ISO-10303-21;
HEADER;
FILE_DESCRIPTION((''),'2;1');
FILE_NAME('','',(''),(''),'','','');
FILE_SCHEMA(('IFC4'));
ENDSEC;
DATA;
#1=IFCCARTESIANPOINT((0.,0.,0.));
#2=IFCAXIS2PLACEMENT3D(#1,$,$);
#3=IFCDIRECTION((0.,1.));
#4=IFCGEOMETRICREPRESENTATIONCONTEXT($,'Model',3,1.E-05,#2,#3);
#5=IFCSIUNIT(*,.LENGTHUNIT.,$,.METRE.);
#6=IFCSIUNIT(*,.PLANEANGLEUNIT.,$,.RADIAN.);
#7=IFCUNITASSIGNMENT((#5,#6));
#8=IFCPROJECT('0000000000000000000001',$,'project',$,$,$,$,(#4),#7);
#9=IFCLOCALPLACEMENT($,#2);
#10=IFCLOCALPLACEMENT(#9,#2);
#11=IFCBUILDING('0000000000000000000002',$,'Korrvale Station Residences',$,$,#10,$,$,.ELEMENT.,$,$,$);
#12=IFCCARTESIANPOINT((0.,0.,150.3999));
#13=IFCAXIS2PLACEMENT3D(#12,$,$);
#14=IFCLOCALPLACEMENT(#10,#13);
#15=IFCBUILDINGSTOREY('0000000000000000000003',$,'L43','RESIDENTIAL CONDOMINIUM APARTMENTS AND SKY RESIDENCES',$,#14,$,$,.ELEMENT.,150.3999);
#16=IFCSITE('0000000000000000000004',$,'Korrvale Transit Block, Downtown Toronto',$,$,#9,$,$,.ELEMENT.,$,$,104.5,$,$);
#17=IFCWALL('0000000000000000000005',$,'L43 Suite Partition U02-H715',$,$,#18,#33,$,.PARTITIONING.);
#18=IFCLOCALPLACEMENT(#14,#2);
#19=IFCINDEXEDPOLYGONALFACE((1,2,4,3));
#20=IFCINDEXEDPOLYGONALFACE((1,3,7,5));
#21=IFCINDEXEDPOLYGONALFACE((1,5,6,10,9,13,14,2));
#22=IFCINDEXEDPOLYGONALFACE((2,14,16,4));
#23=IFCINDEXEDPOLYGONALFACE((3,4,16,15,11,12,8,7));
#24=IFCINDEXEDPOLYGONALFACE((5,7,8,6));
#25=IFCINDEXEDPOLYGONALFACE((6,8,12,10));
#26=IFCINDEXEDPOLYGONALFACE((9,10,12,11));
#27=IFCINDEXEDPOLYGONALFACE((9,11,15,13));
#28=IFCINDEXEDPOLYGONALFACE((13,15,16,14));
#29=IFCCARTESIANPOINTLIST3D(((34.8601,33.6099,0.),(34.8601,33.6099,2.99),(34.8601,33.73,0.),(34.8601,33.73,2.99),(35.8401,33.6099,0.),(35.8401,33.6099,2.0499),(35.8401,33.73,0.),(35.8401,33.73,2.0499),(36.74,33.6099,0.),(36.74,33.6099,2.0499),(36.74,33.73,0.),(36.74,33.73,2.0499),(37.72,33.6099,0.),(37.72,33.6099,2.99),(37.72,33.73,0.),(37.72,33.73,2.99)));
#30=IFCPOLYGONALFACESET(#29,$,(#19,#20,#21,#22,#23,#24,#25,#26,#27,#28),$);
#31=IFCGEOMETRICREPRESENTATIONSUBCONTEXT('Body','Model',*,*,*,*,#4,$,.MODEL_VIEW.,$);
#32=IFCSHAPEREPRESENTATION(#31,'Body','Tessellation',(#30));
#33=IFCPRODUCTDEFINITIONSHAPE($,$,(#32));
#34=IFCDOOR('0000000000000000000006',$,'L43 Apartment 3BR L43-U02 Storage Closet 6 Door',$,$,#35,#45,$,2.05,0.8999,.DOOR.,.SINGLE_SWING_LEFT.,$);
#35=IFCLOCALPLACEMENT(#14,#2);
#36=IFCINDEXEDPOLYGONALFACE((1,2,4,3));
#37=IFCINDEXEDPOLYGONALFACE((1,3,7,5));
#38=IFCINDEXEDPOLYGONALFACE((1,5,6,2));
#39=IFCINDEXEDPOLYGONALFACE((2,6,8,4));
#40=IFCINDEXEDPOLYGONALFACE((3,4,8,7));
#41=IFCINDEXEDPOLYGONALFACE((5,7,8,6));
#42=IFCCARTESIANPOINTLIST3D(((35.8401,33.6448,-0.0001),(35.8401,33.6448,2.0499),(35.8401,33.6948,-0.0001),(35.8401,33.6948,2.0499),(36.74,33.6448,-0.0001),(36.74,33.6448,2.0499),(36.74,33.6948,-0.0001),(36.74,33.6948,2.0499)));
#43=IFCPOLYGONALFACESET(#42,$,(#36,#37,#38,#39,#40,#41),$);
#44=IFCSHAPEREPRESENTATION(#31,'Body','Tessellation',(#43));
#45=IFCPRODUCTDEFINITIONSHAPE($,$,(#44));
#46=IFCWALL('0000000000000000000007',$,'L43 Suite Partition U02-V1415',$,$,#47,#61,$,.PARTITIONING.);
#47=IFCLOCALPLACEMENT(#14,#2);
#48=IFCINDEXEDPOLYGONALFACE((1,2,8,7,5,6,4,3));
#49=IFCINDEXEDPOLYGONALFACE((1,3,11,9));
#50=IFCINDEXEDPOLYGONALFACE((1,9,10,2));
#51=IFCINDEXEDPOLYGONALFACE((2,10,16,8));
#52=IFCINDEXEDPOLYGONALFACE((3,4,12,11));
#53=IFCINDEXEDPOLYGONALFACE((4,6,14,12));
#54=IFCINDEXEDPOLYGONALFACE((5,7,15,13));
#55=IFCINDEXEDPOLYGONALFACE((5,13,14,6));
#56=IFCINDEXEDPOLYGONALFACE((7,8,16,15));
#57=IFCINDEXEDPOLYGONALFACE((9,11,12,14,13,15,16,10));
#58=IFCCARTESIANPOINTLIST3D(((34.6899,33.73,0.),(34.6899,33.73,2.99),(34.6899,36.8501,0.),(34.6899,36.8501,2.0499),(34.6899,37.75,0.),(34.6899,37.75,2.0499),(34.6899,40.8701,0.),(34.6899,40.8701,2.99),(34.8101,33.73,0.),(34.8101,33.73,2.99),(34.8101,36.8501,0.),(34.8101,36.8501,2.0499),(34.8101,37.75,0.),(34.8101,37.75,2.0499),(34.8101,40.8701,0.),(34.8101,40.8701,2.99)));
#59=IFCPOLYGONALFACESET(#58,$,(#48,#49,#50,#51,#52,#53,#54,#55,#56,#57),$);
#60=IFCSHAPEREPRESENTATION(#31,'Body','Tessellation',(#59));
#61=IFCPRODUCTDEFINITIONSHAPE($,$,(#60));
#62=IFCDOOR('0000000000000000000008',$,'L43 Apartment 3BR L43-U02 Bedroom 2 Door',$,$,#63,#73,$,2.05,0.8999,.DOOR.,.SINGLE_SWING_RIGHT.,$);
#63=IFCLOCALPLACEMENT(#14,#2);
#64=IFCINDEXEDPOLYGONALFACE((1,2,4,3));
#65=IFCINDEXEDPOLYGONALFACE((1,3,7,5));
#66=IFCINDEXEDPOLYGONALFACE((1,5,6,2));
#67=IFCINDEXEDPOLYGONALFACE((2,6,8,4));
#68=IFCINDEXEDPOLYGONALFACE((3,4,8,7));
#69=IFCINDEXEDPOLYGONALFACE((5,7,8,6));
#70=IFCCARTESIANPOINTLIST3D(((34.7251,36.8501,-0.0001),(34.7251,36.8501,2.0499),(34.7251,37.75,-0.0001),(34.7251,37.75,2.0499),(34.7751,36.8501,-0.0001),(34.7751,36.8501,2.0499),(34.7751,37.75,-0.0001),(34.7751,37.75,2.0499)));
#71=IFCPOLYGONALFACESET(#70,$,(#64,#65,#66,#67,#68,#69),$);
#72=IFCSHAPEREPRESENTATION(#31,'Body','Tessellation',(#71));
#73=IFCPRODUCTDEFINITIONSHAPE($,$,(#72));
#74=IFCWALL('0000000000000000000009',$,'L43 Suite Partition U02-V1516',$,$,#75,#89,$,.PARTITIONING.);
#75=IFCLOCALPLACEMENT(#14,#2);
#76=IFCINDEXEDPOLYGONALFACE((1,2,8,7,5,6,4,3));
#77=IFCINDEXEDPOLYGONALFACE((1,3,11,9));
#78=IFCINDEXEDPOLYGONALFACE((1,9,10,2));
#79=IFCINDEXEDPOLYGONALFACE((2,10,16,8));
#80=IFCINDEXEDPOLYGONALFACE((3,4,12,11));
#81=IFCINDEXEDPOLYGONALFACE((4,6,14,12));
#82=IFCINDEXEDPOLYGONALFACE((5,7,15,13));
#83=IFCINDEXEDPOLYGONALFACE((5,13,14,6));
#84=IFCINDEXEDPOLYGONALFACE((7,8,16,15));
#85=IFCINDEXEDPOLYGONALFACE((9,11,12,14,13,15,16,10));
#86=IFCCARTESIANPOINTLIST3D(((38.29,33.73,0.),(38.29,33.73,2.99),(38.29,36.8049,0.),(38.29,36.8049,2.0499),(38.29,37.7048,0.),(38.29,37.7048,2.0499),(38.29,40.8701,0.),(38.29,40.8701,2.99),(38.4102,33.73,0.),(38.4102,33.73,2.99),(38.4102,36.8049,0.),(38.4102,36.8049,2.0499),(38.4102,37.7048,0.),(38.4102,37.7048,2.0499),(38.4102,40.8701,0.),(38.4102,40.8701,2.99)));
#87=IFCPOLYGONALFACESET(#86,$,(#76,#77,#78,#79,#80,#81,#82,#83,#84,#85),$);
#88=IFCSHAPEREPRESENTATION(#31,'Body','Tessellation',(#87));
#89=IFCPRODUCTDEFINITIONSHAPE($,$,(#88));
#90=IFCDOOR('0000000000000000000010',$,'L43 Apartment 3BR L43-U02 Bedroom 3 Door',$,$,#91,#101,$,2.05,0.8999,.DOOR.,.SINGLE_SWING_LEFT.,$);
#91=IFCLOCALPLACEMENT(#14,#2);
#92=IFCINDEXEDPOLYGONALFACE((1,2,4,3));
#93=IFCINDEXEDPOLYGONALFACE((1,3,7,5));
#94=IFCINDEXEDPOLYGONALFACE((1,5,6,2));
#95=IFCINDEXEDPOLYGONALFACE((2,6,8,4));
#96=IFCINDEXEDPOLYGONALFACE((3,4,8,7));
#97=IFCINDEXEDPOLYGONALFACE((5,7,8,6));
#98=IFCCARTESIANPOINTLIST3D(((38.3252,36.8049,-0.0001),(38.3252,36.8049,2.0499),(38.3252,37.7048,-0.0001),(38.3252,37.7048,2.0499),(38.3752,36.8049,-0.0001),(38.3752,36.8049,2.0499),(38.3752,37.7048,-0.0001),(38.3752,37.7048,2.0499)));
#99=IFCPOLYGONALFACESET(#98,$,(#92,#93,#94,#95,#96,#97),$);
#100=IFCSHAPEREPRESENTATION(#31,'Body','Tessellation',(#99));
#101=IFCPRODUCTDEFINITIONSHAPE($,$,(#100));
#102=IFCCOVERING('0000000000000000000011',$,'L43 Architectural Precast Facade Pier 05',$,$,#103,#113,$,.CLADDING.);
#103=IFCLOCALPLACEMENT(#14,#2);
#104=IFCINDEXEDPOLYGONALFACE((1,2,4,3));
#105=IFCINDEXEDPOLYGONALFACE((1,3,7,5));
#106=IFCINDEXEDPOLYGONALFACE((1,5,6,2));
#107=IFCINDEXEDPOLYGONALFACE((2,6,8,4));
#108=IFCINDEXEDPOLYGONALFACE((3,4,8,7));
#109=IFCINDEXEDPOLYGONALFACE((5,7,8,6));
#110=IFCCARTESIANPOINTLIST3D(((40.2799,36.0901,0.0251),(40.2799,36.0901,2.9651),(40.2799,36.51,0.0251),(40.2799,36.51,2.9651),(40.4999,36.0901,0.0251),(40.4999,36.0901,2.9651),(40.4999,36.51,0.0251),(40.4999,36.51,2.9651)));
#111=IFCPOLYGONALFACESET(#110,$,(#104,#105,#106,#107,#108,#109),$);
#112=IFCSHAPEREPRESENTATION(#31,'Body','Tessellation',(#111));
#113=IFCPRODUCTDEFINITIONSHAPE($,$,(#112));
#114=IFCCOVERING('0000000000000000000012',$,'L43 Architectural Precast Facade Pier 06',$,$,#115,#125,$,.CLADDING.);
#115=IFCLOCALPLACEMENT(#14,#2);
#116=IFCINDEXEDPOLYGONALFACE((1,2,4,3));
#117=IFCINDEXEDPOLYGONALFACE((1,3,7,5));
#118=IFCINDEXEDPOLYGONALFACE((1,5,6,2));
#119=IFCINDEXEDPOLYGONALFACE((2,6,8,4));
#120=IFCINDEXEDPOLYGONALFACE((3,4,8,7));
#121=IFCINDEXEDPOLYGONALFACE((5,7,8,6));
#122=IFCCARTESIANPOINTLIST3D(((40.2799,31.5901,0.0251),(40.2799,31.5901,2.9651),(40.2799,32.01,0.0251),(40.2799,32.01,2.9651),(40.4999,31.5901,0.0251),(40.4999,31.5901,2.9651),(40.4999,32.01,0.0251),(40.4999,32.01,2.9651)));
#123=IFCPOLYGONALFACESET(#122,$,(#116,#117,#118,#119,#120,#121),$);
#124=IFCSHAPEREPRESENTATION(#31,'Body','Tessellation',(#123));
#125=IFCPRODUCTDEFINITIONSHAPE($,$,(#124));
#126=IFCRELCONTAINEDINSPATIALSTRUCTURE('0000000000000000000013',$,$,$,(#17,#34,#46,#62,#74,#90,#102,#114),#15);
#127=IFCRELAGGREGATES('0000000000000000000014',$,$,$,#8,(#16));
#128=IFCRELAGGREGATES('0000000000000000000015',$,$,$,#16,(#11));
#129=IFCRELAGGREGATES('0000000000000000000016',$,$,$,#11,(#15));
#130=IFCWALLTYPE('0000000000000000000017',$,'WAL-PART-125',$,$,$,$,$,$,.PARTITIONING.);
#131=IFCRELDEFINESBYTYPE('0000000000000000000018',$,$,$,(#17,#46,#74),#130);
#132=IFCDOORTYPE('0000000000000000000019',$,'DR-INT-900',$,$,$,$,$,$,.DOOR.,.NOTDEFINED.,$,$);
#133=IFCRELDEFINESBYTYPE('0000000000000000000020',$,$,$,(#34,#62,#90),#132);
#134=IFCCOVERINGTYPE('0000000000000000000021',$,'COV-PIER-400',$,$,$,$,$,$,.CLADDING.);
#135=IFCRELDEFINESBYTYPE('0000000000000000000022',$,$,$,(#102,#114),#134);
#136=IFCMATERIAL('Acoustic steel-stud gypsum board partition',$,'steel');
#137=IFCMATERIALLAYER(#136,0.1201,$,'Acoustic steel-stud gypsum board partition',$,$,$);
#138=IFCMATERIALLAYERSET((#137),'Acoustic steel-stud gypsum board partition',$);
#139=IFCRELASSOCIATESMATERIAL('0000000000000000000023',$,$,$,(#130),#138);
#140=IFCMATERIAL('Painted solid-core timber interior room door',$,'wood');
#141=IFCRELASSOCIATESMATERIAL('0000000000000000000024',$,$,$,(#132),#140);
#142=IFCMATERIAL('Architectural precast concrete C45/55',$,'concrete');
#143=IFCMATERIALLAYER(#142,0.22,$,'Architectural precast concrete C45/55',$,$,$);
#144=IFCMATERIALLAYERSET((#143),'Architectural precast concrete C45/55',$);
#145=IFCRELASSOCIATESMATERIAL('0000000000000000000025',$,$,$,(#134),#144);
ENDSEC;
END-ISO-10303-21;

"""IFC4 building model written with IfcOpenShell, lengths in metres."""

from ifc_helpers import new_model, si_unit, direction, frame, frame_2d, origin, origin_2d, place, context, subcontext, project, spatial, rectangle, extrude, material, layer, layer_set, type_object, element, fill, save


model = new_model("IFC4")

# Units and contexts
model_context = context("Model", 3, precision=1e-05, world=origin(), true_north=direction((0.0, 1.0)))
body_context = subcontext(model_context, "Body", "Model", "MODEL_VIEW")
ifc_project = project(units=[si_unit("LENGTHUNIT", "METRE"), si_unit("PLANEANGLEUNIT", "RADIAN")], contexts=[model_context])

# Site, building, storey
site_placement = place(None, origin())
site = spatial("IfcSite", under=ifc_project, at=site_placement, Name="Korrvale Transit Block, Downtown Toronto", CompositionType="ELEMENT", RefElevation=104.5)
building_placement = place(site_placement, origin())
building = spatial("IfcBuilding", under=site, at=building_placement, Name="Korrvale Station Residences", CompositionType="ELEMENT")
storey_placement = place(building_placement, frame((0.0, 0.0, 150.3999)))
storey = spatial("IfcBuildingStorey", under=building, at=storey_placement, Name="L43", Description="RESIDENTIAL CONDOMINIUM APARTMENTS AND SKY RESIDENCES", CompositionType="ELEMENT", Elevation=150.3999)

# Walls, openings, doors
ifc_material_1 = material(Name="Acoustic steel-stud gypsum board partition", Category="steel")
ifc_layer_1 = layer(ifc_material_1, 0.1201, Name="Acoustic steel-stud gypsum board partition")
ifc_layer_set_1 = layer_set([ifc_layer_1], Name="Acoustic steel-stud gypsum board partition")
wall_type_1 = type_object("IfcWallType", Name="WAL-PART-125", PredefinedType="PARTITIONING", material=ifc_layer_set_1)
ifc_material_2 = material(Name="Painted solid-core timber interior room door", Category="wood")
door_type = type_object("IfcDoorType", Name="DR-INT-900", OperationType="NOTDEFINED", PredefinedType="DOOR", material=ifc_material_2)
wall_1_placement = place(storey_placement, frame((34.8601, 33.6699, 0.0), z_axis=(0.0, 0.0, 1.0), x_axis=(1.0, 0.0, 0.0)))
wall_1 = element("IfcWall", 1, at=wall_1_placement, inside=storey, type_object=wall_type_1, Name="L43 Suite Partition U02-H715", PredefinedType="PARTITIONING", context=body_context, shape_type="SweptSolid", body=[
    extrude(rectangle(XDim=2.8599, YDim=0.1201, at=frame_2d((1.4299, 0.0))), origin(), (0.0, 0.0, 1.0), 2.99),
])
opening_1_placement = place(wall_1_placement, frame((0.98, 0.0, 0.0)))
opening_1 = element("IfcOpeningElement", 2, at=opening_1_placement, cuts=wall_1, PredefinedType="OPENING", context=body_context, shape_type="SweptSolid", body=[
    extrude(rectangle(XDim=0.8999, YDim=2.05, at=frame_2d((0.45, 1.0249))), frame((0.0, 0.0701, 0.0), z_axis=(0.0, -1.0, 0.0), x_axis=(1.0, 0.0, 0.0)), (0.0, 0.0, 1.0), 0.1401),
])
door_1_placement = place(opening_1_placement, origin())
door_1 = element("IfcDoor", 3, at=door_1_placement, inside=storey, type_object=door_type, Name="L43 Apartment 3BR L43-U02 Storage Closet 6 Door", OperationType="SINGLE_SWING_LEFT", OverallHeight=2.05, OverallWidth=0.8999, PredefinedType="DOOR", context=body_context, shape_type="SweptSolid", body=[
    extrude(rectangle(XDim=0.8999, YDim=2.05, at=frame_2d((0.45, 1.0249))), frame((0.0, 0.0249, 0.0), z_axis=(0.0, -1.0, 0.0), x_axis=(1.0, 0.0, 0.0)), (0.0, 0.0, 1.0), 0.05),
])
fill(opening_1, door_1)
wall_2_placement = place(storey_placement, frame((34.75, 33.73, 0.0), z_axis=(0.0, 0.0, 1.0), x_axis=(0.0, 1.0, 0.0)))
wall_2 = element("IfcWall", 4, at=wall_2_placement, inside=storey, type_object=wall_type_1, Name="L43 Suite Partition U02-V1415", PredefinedType="PARTITIONING", context=body_context, shape_type="SweptSolid", body=[
    extrude(rectangle(XDim=7.1401, YDim=0.1201, at=frame_2d((3.5701, 0.0))), origin(), (0.0, 0.0, 1.0), 2.99),
])
opening_2_placement = place(wall_2_placement, frame((3.1201, 0.0, 0.0)))
opening_2 = element("IfcOpeningElement", 5, at=opening_2_placement, cuts=wall_2, PredefinedType="OPENING", context=body_context, shape_type="SweptSolid", body=[
    extrude(rectangle(XDim=0.8999, YDim=2.05, at=frame_2d((0.45, 1.0249))), frame((0.0, 0.0701, 0.0), z_axis=(0.0, -1.0, 0.0), x_axis=(1.0, 0.0, 0.0)), (0.0, 0.0, 1.0), 0.1401),
])
door_2_placement = place(opening_2_placement, origin())
door_2 = element("IfcDoor", 6, at=door_2_placement, inside=storey, type_object=door_type, Name="L43 Apartment 3BR L43-U02 Bedroom 2 Door", OperationType="SINGLE_SWING_RIGHT", OverallHeight=2.05, OverallWidth=0.8999, PredefinedType="DOOR", context=body_context, shape_type="SweptSolid", body=[
    extrude(rectangle(XDim=0.8999, YDim=2.05, at=frame_2d((0.45, 1.0249))), frame((0.0, 0.0249, 0.0), z_axis=(0.0, -1.0, 0.0), x_axis=(1.0, 0.0, 0.0)), (0.0, 0.0, 1.0), 0.05),
])
fill(opening_2, door_2)
wall_3_placement = place(storey_placement, frame((38.3501, 33.73, 0.0), z_axis=(0.0, 0.0, 1.0), x_axis=(0.0, 1.0, 0.0)))
wall_3 = element("IfcWall", 7, at=wall_3_placement, inside=storey, type_object=wall_type_1, Name="L43 Suite Partition U02-V1516", PredefinedType="PARTITIONING", context=body_context, shape_type="SweptSolid", body=[
    extrude(rectangle(XDim=7.1401, YDim=0.1201, at=frame_2d((3.5701, 0.0))), origin(), (0.0, 0.0, 1.0), 2.99),
])
opening_3_placement = place(wall_3_placement, frame((3.075, 0.0, 0.0)))
opening_3 = element("IfcOpeningElement", 8, at=opening_3_placement, cuts=wall_3, PredefinedType="OPENING", context=body_context, shape_type="SweptSolid", body=[
    extrude(rectangle(XDim=0.8999, YDim=2.05, at=frame_2d((0.45, 1.0249))), frame((0.0, 0.0701, 0.0), z_axis=(0.0, -1.0, 0.0), x_axis=(1.0, 0.0, 0.0)), (0.0, 0.0, 1.0), 0.1401),
])
door_3_placement = place(opening_3_placement, origin())
door_3 = element("IfcDoor", 9, at=door_3_placement, inside=storey, type_object=door_type, Name="L43 Apartment 3BR L43-U02 Bedroom 3 Door", OperationType="SINGLE_SWING_LEFT", OverallHeight=2.05, OverallWidth=0.8999, PredefinedType="DOOR", context=body_context, shape_type="SweptSolid", body=[
    extrude(rectangle(XDim=0.8999, YDim=2.05, at=frame_2d((0.45, 1.0249))), frame((0.0, 0.0249, 0.0), z_axis=(0.0, -1.0, 0.0), x_axis=(1.0, 0.0, 0.0)), (0.0, 0.0, 1.0), 0.05),
])
fill(opening_3, door_3)

# Coverings
ifc_material_3 = material(Name="Architectural precast concrete C45/55", Category="concrete")
ifc_layer_2 = layer(ifc_material_3, 0.22, Name="Architectural precast concrete C45/55")
ifc_layer_set_2 = layer_set([ifc_layer_2], Name="Architectural precast concrete C45/55")
covering_type = type_object("IfcCoveringType", Name="COV-PIER-400", PredefinedType="CLADDING", material=ifc_layer_set_2)
for number, where, z_axis, x_axis, name in (
    (10, (40.3899, 36.3, 0.0251), (0.0, 0.0, 1.0), (0.0, 1.0, 0.0), "L43 Architectural Precast Facade Pier 05"),
    (11, (40.3899, 31.8, 0.0251), (0.0, 0.0, 1.0), (0.0, 1.0, 0.0), "L43 Architectural Precast Facade Pier 06"),
):
    element("IfcCovering", number, at=place(storey_placement, frame(where, z_axis=z_axis, x_axis=x_axis)), inside=storey, type_object=covering_type, Name=name, PredefinedType="CLADDING", context=body_context, shape_type="SweptSolid", body=[
        extrude(rectangle(XDim=0.4199, YDim=0.22, at=origin_2d()), origin(), (0.0, 0.0, 1.0), 2.9399),
    ])

save(model, "model.ifc")
